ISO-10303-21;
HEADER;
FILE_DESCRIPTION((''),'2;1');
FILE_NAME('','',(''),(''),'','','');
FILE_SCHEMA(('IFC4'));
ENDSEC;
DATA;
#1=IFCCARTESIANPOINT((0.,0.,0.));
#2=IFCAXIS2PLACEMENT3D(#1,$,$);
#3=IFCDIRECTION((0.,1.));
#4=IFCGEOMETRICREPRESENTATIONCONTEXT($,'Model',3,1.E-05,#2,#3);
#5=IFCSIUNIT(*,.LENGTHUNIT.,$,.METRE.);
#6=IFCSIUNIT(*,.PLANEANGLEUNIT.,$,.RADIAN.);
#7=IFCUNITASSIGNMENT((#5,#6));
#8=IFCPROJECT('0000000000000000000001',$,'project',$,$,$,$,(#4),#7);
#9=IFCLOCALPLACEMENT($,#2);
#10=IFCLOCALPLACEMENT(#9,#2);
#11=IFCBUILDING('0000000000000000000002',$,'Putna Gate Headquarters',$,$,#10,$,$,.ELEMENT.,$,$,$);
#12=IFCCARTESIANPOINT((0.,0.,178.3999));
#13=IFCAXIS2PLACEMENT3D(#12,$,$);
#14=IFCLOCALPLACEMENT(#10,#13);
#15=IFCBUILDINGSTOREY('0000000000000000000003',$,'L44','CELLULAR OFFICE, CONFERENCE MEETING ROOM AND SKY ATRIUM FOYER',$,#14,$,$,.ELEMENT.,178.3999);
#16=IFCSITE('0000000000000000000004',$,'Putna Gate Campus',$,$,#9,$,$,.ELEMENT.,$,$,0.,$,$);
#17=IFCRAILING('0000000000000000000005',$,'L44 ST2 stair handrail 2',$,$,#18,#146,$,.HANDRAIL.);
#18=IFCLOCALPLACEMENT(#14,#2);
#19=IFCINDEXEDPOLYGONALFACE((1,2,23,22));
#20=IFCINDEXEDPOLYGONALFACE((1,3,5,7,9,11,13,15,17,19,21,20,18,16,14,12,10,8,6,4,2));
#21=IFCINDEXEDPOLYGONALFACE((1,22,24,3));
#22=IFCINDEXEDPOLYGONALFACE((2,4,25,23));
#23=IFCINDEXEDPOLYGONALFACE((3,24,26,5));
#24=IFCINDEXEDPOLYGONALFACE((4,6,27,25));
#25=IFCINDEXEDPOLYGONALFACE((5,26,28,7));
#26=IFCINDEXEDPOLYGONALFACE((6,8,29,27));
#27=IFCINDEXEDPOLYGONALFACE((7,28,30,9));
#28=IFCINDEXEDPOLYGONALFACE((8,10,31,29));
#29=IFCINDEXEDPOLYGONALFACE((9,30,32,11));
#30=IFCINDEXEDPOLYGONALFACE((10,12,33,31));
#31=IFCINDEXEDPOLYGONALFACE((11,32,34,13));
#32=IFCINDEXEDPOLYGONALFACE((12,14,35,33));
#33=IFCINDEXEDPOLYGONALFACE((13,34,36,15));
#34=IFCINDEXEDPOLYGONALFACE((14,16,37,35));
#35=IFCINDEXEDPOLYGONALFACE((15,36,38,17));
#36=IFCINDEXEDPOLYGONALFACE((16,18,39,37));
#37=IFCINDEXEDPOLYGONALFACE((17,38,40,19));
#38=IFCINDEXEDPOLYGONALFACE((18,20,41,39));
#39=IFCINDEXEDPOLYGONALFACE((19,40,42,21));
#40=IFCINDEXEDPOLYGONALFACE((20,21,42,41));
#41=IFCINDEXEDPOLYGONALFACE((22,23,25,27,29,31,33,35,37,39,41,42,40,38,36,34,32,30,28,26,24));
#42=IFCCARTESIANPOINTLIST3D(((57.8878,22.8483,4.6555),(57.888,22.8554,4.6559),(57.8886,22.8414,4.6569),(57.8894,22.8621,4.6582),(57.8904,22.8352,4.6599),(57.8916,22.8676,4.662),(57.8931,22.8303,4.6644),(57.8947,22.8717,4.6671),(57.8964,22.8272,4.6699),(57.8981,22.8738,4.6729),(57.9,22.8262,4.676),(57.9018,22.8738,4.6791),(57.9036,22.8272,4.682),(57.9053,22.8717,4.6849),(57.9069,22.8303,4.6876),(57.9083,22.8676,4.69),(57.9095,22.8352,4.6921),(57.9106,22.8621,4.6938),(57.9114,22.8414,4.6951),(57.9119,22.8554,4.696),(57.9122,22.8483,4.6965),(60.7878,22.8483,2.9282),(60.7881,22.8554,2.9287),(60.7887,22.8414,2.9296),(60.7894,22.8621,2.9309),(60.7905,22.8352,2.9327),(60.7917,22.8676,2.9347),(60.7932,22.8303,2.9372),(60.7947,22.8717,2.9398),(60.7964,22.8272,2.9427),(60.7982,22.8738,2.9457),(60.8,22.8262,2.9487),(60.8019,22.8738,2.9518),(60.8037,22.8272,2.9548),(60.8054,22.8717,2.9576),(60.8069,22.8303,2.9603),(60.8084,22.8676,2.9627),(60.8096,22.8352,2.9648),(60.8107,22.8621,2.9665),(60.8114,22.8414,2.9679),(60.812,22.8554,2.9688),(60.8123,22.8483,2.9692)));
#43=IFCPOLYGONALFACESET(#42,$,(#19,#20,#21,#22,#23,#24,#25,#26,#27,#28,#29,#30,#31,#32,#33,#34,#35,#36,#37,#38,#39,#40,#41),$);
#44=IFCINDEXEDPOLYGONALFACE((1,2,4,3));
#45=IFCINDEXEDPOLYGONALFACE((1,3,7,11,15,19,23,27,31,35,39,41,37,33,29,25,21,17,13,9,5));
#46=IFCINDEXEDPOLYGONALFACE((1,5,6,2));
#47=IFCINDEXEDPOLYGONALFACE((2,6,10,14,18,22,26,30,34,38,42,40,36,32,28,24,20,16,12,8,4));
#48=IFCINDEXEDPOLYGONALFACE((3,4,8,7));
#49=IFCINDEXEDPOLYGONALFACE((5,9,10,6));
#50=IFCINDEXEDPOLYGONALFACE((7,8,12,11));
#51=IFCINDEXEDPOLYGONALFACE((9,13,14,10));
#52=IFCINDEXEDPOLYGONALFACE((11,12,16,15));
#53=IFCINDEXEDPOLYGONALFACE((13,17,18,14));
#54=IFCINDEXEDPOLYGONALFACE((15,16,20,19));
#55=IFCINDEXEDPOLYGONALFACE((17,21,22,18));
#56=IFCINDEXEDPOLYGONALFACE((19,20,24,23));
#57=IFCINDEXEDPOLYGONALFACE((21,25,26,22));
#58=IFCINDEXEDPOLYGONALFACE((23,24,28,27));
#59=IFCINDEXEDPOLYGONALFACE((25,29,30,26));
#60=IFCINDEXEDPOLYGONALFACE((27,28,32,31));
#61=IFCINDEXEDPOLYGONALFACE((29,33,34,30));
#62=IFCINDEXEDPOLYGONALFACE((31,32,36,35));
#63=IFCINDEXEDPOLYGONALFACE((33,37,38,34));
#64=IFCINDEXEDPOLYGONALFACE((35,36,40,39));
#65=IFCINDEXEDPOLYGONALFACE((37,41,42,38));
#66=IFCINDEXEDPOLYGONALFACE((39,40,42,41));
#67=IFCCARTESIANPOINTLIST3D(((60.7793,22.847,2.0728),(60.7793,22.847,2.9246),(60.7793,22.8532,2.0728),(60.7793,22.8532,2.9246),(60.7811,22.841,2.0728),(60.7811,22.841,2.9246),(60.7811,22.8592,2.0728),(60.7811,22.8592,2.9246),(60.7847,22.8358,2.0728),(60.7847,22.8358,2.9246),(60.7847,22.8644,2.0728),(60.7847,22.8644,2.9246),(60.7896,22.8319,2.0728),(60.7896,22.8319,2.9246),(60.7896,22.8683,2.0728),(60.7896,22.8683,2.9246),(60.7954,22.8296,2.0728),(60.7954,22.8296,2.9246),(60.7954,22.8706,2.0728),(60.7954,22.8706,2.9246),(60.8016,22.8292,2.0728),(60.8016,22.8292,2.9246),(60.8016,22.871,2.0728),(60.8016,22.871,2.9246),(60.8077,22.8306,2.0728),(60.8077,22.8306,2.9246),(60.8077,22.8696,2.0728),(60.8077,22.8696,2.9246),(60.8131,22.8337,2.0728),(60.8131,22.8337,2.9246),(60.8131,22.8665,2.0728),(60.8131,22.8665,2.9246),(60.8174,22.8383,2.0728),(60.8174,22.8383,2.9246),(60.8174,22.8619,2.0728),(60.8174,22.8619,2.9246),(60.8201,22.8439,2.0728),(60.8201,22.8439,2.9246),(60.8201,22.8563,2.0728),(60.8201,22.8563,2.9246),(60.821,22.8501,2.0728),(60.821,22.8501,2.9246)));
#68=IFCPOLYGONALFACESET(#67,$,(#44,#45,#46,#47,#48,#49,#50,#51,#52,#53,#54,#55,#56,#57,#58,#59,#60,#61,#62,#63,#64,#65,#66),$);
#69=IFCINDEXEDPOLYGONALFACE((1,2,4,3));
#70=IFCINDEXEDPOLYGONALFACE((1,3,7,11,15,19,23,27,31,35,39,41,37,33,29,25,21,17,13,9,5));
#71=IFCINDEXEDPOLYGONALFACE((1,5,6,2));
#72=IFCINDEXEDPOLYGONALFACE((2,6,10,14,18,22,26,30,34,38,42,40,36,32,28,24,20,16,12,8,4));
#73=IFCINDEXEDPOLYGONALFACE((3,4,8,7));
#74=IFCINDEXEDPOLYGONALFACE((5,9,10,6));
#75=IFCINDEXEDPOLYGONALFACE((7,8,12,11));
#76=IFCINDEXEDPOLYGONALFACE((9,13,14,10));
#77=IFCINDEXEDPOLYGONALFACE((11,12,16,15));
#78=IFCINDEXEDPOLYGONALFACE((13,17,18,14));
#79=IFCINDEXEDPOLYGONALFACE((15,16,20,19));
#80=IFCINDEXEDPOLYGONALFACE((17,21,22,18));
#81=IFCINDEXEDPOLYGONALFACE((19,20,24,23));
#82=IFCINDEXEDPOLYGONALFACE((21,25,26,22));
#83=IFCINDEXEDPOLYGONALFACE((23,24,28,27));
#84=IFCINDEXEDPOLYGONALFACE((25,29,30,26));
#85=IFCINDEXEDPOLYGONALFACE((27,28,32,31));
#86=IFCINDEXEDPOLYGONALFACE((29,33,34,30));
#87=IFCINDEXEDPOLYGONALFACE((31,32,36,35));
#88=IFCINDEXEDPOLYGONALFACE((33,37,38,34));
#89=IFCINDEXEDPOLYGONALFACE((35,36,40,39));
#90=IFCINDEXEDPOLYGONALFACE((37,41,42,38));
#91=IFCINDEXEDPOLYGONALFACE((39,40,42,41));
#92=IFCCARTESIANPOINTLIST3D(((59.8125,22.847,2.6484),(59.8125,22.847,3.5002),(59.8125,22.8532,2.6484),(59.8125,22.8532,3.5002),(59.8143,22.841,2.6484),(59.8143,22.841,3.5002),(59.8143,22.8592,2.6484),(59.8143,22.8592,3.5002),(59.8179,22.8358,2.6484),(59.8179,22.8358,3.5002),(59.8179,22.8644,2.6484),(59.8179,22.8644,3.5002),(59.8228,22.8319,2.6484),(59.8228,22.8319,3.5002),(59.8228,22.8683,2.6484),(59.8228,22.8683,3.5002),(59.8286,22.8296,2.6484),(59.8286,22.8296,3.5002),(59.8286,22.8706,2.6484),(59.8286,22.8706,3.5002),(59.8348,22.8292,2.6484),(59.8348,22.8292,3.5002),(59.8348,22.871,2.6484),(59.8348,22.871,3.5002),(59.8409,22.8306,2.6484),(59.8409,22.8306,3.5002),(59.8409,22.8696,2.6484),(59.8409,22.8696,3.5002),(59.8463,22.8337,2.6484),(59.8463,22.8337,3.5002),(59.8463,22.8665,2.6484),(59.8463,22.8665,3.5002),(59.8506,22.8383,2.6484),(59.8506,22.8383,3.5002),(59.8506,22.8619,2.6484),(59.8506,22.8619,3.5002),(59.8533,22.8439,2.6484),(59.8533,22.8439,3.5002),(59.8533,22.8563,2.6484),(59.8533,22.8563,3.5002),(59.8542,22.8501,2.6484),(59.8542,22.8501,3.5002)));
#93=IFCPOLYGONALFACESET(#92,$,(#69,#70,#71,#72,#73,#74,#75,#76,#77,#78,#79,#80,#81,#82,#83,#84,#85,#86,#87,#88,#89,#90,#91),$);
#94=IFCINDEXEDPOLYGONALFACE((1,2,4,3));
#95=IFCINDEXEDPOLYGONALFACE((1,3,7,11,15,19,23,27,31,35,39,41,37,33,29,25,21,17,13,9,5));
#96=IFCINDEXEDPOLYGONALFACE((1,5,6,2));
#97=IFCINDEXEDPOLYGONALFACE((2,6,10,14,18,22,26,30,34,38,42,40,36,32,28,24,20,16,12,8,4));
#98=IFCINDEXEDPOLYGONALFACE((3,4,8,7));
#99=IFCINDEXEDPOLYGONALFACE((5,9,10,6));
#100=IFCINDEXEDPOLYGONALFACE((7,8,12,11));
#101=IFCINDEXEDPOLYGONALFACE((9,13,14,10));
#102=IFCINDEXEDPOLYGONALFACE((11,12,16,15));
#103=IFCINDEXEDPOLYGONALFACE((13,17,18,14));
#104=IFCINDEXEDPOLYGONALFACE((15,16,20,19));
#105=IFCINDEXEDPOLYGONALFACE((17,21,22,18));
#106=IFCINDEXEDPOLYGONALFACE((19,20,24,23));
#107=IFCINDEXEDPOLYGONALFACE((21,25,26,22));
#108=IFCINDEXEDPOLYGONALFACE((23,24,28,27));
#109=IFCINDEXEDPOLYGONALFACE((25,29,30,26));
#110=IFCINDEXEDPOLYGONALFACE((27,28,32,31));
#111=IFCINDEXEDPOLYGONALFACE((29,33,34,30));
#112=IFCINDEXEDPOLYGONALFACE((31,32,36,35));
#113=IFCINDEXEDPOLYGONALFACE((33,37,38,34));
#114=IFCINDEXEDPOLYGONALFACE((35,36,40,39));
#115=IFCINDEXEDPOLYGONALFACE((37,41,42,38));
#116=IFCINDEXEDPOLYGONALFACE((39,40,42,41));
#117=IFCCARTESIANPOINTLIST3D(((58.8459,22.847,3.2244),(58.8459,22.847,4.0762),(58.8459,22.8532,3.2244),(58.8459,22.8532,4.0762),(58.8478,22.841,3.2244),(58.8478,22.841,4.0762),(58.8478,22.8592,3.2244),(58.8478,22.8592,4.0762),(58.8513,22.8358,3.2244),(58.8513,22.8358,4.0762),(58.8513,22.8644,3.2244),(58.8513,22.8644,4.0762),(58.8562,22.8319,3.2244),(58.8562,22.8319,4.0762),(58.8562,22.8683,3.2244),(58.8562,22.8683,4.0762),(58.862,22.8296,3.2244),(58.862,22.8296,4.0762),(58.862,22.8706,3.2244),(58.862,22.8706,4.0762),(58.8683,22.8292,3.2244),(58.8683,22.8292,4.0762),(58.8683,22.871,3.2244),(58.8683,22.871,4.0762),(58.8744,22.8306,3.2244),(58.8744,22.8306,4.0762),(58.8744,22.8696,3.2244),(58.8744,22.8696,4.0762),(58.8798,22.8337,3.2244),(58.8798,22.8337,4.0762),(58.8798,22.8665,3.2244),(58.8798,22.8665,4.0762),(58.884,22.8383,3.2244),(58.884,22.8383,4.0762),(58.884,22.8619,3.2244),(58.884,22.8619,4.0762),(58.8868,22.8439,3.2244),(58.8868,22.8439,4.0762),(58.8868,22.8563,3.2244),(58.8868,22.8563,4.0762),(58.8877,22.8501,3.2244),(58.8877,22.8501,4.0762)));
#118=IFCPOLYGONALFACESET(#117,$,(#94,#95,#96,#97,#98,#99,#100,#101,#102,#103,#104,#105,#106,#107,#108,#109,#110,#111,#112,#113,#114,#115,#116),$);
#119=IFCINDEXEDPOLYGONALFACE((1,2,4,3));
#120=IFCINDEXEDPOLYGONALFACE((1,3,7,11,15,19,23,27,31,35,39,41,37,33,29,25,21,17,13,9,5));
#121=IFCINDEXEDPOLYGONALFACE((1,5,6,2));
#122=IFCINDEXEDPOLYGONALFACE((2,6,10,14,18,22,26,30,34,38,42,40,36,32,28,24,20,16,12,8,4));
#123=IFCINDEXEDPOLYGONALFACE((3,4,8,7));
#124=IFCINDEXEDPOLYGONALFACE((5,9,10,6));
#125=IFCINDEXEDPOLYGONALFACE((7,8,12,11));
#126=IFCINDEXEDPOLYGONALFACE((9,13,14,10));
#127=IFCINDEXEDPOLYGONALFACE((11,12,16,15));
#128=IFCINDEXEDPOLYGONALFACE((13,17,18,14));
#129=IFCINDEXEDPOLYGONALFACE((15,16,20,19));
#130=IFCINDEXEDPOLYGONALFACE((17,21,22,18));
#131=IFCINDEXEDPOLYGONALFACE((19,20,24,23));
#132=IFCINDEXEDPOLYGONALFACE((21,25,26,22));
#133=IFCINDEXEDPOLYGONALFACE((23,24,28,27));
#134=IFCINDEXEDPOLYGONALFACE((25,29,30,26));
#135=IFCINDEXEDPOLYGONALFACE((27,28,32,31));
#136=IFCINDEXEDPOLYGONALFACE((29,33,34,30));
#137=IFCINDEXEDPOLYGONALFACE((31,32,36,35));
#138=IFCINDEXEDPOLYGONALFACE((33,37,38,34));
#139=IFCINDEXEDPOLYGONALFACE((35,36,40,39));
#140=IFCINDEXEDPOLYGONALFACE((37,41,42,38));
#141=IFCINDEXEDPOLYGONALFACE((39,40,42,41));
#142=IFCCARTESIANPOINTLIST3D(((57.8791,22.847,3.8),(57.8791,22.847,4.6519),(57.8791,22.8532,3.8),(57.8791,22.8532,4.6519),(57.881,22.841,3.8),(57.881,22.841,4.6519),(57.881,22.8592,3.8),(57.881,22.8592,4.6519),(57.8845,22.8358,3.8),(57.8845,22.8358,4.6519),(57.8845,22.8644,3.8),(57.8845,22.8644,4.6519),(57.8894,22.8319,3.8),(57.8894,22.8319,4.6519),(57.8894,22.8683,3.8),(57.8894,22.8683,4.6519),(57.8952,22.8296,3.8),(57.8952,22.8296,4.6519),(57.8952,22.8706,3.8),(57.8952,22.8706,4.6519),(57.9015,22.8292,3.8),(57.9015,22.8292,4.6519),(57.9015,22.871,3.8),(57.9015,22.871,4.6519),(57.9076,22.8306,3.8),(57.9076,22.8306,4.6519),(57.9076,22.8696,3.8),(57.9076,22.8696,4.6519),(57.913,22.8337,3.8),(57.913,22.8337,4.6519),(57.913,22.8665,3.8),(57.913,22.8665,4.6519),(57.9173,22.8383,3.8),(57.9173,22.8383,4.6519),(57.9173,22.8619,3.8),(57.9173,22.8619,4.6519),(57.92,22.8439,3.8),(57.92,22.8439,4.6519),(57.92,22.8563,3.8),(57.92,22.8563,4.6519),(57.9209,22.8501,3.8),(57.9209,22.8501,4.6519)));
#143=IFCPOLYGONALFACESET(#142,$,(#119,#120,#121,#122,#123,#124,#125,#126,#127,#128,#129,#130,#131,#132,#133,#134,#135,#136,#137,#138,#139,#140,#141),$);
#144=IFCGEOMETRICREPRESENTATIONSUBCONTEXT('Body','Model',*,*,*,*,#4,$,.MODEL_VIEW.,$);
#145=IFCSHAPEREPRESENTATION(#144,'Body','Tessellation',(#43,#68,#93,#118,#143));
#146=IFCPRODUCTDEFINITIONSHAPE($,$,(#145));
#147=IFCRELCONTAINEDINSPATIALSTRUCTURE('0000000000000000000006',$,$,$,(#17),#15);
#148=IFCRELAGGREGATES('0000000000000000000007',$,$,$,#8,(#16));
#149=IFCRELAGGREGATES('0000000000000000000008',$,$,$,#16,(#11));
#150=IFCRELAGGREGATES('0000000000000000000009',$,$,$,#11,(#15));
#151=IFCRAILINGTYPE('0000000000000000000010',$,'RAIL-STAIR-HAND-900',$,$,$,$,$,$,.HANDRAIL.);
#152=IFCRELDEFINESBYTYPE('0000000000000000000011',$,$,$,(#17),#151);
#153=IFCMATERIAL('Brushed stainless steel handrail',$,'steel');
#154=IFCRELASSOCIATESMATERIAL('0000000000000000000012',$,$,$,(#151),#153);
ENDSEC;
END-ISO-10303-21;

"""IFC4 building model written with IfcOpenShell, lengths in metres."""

from ifc_helpers import new_model, si_unit, direction, frame, origin, origin_2d, place, context, subcontext, project, spatial, circle, extrude, material, type_object, element, save


model = new_model("IFC4")

# Units and contexts
model_context = context("Model", 3, precision=1e-05, world=origin(), true_north=direction((0.0, 1.0)))
body_context = subcontext(model_context, "Body", "Model", "MODEL_VIEW")
ifc_project = project(units=[si_unit("LENGTHUNIT", "METRE"), si_unit("PLANEANGLEUNIT", "RADIAN")], contexts=[model_context])

# Site, building, storey
site_placement = place(None, origin())
site = spatial("IfcSite", under=ifc_project, at=site_placement, Name="Putna Gate Campus", CompositionType="ELEMENT", RefElevation=0.0)
building_placement = place(site_placement, origin())
building = spatial("IfcBuilding", under=site, at=building_placement, Name="Putna Gate Headquarters", CompositionType="ELEMENT")
storey_placement = place(building_placement, frame((0.0, 0.0, 178.3999)))
storey = spatial("IfcBuildingStorey", under=building, at=storey_placement, Name="L44", Description="CELLULAR OFFICE, CONFERENCE MEETING ROOM AND SKY ATRIUM FOYER", CompositionType="ELEMENT", Elevation=178.3999)

# Railing
ifc_material_1 = material(Name="Brushed stainless steel handrail", Category="steel")
railing_type_1 = type_object("IfcRailingType", Name="RAIL-STAIR-HAND-900", PredefinedType="HANDRAIL", material=ifc_material_1)
railing_1_placement = place(storey_placement, frame((60.8, 22.8501, 2.0728)))
element("IfcRailing", 1, at=railing_1_placement, inside=storey, type_object=railing_type_1, Name="L44 ST2 stair handrail 2", PredefinedType="HANDRAIL", context=body_context, shape_type="SweptSolid", body=[
    extrude(circle(Radius=0.0239, at=origin_2d()), frame((0.0, 0.0, 0.876), z_axis=(-0.85916, 0.0, 0.511706), x_axis=(0.0, -1.0, 0.0)), (0.0, 0.0, 1.0), 3.3755),
    extrude(circle(Radius=0.021, at=origin_2d()), origin(), (0.0, 0.0, 1.0), 0.8518),
    extrude(circle(Radius=0.021, at=origin_2d()), frame((-0.9668, 0.0, 0.5757)), (0.0, 0.0, 1.0), 0.8518),
    extrude(circle(Radius=0.021, at=origin_2d()), frame((-1.9333, 0.0, 1.1516)), (0.0, 0.0, 1.0), 0.8518),
    extrude(circle(Radius=0.021, at=origin_2d()), frame((-2.9001, 0.0, 1.7273)), (0.0, 0.0, 1.0), 0.8518),
])

save(model, "model.ifc")
